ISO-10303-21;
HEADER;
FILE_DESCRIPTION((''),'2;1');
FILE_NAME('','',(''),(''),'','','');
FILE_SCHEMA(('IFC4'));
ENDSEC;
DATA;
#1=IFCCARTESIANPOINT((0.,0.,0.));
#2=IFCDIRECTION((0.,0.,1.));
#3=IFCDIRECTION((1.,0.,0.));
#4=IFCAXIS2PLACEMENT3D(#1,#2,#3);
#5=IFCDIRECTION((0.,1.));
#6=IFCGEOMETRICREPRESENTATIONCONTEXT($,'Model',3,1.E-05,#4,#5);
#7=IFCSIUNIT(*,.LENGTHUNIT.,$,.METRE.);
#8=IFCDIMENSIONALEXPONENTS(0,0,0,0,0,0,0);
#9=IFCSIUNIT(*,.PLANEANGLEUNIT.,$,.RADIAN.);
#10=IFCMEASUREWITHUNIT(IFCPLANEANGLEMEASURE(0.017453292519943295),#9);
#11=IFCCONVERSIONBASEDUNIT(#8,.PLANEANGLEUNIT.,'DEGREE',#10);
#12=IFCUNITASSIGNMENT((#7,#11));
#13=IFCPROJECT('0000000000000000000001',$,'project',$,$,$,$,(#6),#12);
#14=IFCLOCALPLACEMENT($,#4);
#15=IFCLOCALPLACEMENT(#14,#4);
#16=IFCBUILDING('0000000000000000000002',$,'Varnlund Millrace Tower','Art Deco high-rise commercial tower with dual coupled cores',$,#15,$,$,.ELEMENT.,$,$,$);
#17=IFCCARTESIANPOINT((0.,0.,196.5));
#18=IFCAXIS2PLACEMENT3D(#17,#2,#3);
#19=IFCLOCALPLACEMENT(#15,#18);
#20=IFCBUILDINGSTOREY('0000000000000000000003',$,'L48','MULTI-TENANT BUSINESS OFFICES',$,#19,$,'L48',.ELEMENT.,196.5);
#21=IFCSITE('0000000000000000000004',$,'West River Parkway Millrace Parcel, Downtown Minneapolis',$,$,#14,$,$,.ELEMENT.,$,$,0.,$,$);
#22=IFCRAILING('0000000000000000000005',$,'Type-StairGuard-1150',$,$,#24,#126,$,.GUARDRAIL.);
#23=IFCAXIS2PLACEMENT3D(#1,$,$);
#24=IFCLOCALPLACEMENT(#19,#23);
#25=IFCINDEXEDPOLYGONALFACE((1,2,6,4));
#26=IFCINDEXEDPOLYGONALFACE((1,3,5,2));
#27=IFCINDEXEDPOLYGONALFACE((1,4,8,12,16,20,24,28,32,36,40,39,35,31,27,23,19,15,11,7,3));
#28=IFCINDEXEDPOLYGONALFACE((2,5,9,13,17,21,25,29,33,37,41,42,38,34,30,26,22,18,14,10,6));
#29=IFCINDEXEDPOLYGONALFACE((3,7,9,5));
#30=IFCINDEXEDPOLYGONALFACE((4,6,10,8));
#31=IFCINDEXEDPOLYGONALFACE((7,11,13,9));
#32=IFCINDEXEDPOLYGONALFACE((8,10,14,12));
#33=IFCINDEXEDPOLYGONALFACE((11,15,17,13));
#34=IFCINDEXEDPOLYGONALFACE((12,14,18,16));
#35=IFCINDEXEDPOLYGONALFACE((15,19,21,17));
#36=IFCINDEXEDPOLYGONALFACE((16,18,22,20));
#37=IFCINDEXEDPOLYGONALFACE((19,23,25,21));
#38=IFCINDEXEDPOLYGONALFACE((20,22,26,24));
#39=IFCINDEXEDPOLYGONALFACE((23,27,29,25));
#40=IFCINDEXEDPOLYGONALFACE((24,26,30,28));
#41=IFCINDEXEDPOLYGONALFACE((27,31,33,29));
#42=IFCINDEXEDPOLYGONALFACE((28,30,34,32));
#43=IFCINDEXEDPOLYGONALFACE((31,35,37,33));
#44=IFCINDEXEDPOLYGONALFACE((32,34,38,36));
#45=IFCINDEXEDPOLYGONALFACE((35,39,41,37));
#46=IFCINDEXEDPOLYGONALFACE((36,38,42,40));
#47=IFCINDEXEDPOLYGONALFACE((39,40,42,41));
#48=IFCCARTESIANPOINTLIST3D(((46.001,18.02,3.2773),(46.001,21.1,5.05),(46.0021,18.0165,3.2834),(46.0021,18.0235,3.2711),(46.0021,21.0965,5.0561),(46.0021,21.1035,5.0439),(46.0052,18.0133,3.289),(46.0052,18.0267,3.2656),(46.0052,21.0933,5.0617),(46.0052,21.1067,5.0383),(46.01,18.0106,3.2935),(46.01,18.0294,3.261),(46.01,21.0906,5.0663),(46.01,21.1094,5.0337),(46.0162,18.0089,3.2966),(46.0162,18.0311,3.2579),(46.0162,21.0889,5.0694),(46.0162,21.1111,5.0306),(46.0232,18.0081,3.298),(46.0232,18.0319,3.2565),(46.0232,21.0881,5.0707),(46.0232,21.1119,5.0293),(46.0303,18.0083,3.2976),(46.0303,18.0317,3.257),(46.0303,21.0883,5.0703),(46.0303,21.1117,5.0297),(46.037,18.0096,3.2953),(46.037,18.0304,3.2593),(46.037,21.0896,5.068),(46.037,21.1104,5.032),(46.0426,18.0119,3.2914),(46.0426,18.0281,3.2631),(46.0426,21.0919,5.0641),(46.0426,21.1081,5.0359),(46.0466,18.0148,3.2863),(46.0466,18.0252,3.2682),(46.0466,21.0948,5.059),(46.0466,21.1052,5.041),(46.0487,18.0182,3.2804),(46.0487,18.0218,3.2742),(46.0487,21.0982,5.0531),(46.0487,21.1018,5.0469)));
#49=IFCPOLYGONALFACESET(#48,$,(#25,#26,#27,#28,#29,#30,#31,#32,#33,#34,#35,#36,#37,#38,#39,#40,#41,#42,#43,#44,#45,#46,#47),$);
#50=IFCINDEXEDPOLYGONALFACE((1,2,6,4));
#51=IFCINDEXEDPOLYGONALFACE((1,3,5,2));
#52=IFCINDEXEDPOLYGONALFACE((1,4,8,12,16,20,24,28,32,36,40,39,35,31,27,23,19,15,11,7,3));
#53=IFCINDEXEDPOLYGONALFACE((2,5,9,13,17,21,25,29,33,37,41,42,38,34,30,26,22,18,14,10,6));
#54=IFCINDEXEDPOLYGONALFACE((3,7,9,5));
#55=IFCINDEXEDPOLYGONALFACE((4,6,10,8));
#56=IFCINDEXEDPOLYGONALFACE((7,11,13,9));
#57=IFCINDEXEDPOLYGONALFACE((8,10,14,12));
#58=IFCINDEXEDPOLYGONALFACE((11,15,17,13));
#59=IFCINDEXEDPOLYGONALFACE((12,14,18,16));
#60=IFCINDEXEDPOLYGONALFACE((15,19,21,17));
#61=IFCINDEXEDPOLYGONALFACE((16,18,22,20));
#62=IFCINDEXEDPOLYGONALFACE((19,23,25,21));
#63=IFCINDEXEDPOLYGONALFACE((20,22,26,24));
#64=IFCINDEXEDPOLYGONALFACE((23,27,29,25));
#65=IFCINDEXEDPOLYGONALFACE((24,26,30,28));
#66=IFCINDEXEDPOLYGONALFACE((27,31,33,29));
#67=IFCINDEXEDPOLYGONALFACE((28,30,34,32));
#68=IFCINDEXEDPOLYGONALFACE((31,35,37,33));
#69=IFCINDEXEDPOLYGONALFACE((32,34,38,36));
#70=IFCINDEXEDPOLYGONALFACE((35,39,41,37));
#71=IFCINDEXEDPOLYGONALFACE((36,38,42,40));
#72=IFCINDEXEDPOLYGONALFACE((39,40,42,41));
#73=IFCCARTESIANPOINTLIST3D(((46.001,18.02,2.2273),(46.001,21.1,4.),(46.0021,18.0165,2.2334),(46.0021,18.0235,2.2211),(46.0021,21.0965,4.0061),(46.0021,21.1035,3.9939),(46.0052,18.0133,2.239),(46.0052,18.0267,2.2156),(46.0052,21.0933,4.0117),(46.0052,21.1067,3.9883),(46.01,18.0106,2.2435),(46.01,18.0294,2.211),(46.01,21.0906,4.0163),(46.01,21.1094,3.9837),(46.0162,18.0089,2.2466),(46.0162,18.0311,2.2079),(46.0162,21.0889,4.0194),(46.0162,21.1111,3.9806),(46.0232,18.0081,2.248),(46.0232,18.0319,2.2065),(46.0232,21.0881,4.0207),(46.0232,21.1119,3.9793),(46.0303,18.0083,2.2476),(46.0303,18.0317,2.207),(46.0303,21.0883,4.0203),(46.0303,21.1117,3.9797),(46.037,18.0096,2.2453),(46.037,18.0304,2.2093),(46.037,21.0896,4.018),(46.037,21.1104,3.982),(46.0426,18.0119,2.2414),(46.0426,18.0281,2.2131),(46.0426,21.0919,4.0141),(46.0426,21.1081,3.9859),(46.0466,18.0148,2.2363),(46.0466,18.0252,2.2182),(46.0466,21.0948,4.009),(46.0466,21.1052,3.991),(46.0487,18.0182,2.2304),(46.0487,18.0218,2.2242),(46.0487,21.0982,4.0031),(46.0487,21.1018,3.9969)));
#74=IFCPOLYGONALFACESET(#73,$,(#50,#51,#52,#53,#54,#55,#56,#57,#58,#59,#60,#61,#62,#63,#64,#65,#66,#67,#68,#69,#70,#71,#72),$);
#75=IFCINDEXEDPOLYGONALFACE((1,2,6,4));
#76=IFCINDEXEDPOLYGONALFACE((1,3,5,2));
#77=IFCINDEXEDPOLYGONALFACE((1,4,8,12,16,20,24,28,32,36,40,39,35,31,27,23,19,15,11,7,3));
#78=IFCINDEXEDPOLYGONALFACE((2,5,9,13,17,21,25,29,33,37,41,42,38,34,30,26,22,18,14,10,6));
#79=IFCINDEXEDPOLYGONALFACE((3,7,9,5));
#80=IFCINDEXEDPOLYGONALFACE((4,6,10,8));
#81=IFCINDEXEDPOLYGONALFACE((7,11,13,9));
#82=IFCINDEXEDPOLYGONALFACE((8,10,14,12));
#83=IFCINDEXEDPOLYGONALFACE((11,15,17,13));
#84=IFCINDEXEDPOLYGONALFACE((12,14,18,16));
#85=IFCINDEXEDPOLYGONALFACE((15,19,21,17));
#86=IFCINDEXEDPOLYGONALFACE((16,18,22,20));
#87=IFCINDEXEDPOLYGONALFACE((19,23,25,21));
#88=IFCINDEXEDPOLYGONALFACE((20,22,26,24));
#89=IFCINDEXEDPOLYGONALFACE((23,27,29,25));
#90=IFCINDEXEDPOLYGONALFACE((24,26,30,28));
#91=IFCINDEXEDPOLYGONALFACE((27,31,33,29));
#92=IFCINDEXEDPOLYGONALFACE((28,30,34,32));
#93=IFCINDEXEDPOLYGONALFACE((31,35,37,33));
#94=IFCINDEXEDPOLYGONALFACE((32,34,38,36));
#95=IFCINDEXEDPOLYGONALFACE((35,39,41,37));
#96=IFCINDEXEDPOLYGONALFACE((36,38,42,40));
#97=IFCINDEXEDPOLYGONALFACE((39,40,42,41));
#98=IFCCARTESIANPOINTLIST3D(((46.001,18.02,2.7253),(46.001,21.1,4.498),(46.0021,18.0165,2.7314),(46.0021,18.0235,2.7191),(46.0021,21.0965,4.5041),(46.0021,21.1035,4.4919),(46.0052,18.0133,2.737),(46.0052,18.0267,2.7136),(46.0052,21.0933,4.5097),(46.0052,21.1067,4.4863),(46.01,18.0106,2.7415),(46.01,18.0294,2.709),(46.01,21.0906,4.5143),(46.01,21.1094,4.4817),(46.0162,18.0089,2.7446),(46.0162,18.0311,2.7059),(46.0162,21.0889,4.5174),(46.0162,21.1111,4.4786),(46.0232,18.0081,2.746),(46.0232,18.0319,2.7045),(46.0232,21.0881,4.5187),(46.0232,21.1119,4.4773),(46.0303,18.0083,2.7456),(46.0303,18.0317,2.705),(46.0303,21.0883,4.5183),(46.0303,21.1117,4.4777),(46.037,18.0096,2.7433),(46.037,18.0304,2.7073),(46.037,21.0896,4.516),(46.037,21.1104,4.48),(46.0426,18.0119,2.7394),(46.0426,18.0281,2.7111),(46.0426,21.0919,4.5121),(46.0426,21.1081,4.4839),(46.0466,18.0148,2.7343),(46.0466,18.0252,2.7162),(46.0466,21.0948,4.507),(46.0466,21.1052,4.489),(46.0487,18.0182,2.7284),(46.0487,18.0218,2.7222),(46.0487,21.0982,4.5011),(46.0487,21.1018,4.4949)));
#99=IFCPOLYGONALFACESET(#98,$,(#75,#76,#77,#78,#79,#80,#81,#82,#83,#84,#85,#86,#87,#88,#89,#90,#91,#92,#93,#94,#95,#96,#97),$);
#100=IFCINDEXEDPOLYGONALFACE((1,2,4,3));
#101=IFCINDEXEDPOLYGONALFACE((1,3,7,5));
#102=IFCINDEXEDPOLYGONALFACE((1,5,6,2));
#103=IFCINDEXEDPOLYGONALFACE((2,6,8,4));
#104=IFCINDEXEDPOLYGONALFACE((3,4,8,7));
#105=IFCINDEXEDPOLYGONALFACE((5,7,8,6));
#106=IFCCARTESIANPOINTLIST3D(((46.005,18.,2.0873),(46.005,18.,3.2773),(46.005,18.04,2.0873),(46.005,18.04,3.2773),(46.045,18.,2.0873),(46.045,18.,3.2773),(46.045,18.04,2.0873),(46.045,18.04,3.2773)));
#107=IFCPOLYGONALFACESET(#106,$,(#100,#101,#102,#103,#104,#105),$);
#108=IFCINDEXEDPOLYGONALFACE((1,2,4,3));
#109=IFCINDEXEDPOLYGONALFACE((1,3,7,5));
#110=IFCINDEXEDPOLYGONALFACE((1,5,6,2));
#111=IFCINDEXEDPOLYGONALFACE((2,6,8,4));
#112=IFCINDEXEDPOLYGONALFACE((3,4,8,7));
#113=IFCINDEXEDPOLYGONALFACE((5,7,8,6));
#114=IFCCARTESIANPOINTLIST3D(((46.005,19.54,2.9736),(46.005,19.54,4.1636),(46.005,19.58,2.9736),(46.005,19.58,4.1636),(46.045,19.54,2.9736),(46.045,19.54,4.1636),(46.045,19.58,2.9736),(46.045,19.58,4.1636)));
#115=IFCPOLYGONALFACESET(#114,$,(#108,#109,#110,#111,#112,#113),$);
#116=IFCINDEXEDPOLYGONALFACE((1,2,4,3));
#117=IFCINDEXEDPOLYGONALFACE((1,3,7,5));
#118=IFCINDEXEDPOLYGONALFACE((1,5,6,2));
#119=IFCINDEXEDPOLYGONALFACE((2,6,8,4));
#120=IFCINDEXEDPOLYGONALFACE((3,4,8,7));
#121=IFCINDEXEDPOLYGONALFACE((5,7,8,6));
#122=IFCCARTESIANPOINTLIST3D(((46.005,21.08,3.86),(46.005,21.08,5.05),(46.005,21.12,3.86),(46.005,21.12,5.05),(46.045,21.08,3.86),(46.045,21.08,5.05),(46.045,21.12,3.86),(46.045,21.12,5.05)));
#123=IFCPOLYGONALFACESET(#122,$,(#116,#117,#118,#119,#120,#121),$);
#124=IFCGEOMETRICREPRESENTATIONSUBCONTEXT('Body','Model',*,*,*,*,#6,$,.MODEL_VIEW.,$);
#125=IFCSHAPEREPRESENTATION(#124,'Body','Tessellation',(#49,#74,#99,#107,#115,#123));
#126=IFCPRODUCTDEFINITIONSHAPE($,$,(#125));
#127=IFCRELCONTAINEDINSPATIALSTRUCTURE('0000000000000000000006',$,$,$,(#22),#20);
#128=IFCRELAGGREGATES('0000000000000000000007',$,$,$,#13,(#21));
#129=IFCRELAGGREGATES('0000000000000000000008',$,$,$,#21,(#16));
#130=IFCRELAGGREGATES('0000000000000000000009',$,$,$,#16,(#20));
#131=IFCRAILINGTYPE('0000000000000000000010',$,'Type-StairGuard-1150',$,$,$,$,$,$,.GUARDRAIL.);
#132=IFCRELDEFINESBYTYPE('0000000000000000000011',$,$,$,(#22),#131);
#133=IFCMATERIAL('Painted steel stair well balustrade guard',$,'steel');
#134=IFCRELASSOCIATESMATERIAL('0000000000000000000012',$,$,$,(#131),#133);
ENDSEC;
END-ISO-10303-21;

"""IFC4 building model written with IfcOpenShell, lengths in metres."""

from ifc_helpers import new_model, entity, si_unit, converted_unit, direction, frame, origin_with_axes, origin_2d_with_axis, place, context, subcontext, project, spatial, rectangle, circle, extrude, material, type_object, element, save


model = new_model("IFC4")

# Units and contexts
model_context = context("Model", 3, precision=1e-05, world=origin_with_axes(), true_north=direction((0.0, 1.0)))
body_context = subcontext(model_context, "Body", "Model", "MODEL_VIEW")
ifc_project = project(units=[si_unit("LENGTHUNIT", "METRE"), converted_unit("PLANEANGLEUNIT", "DEGREE", entity("IfcPlaneAngleMeasure", 0.017453292519943295), si_unit("PLANEANGLEUNIT", "RADIAN"), dimensions=[0, 0, 0, 0, 0, 0, 0])], contexts=[model_context])

# Site, building, storey
site_placement = place(None, origin_with_axes())
site = spatial("IfcSite", under=ifc_project, at=site_placement, Name="West River Parkway Millrace Parcel, Downtown Minneapolis", CompositionType="ELEMENT", RefElevation=0.0)
building_placement = place(site_placement, origin_with_axes())
building = spatial("IfcBuilding", under=site, at=building_placement, Name="Varnlund Millrace Tower", Description="Art Deco high-rise commercial tower with dual coupled cores", CompositionType="ELEMENT")
storey_placement = place(building_placement, frame((0.0, 0.0, 196.5), z_axis=(0.0, 0.0, 1.0), x_axis=(1.0, 0.0, 0.0)))
storey = spatial("IfcBuildingStorey", under=building, at=storey_placement, Name="L48", Description="MULTI-TENANT BUSINESS OFFICES", LongName="L48", CompositionType="ELEMENT", Elevation=196.5)

# Railing
ifc_material_1 = material(Name="Painted steel stair well balustrade guard", Category="steel")
railing_type_1 = type_object("IfcRailingType", Name="Type-StairGuard-1150", PredefinedType="GUARDRAIL", material=ifc_material_1)
railing_1_placement = place(storey_placement, frame((0.0, 0.0, -196.5), z_axis=(0.0, 0.0, 1.0), x_axis=(1.0, 0.0, 0.0)))
element("IfcRailing", 1, at=railing_1_placement, inside=storey, type_object=railing_type_1, Name="Type-StairGuard-1150", PredefinedType="GUARDRAIL", context=body_context, shape_type="SweptSolid", body=[
    extrude(circle(Radius=0.024, at=origin_2d_with_axis()), frame((46.025, 18.02, 199.7773), z_axis=(0.0, 0.866696, 0.498836), x_axis=(-1.0, 0.0, 0.0)), (0.0, 0.0, 1.0), 3.5537),
    extrude(circle(Radius=0.024, at=origin_2d_with_axis()), frame((46.025, 18.02, 198.7273), z_axis=(0.0, 0.866696, 0.498836), x_axis=(-1.0, 0.0, 0.0)), (0.0, 0.0, 1.0), 3.5537),
    extrude(circle(Radius=0.024, at=origin_2d_with_axis()), frame((46.025, 18.02, 199.2253), z_axis=(0.0, 0.866696, 0.498836), x_axis=(-1.0, 0.0, 0.0)), (0.0, 0.0, 1.0), 3.5537),
    extrude(rectangle(XDim=0.04, YDim=0.04, at=origin_2d_with_axis()), frame((46.025, 18.02, 198.5873), z_axis=(0.0, 0.0, 1.0), x_axis=(1.0, 0.0, 0.0)), (0.0, 0.0, 1.0), 1.19),
    extrude(rectangle(XDim=0.04, YDim=0.04, at=origin_2d_with_axis()), frame((46.025, 19.56, 199.4736), z_axis=(0.0, 0.0, 1.0), x_axis=(1.0, 0.0, 0.0)), (0.0, 0.0, 1.0), 1.19),
    extrude(rectangle(XDim=0.04, YDim=0.04, at=origin_2d_with_axis()), frame((46.025, 21.1, 200.36), z_axis=(0.0, 0.0, 1.0), x_axis=(1.0, 0.0, 0.0)), (0.0, 0.0, 1.0), 1.19),
])

save(model, "model.ifc")
